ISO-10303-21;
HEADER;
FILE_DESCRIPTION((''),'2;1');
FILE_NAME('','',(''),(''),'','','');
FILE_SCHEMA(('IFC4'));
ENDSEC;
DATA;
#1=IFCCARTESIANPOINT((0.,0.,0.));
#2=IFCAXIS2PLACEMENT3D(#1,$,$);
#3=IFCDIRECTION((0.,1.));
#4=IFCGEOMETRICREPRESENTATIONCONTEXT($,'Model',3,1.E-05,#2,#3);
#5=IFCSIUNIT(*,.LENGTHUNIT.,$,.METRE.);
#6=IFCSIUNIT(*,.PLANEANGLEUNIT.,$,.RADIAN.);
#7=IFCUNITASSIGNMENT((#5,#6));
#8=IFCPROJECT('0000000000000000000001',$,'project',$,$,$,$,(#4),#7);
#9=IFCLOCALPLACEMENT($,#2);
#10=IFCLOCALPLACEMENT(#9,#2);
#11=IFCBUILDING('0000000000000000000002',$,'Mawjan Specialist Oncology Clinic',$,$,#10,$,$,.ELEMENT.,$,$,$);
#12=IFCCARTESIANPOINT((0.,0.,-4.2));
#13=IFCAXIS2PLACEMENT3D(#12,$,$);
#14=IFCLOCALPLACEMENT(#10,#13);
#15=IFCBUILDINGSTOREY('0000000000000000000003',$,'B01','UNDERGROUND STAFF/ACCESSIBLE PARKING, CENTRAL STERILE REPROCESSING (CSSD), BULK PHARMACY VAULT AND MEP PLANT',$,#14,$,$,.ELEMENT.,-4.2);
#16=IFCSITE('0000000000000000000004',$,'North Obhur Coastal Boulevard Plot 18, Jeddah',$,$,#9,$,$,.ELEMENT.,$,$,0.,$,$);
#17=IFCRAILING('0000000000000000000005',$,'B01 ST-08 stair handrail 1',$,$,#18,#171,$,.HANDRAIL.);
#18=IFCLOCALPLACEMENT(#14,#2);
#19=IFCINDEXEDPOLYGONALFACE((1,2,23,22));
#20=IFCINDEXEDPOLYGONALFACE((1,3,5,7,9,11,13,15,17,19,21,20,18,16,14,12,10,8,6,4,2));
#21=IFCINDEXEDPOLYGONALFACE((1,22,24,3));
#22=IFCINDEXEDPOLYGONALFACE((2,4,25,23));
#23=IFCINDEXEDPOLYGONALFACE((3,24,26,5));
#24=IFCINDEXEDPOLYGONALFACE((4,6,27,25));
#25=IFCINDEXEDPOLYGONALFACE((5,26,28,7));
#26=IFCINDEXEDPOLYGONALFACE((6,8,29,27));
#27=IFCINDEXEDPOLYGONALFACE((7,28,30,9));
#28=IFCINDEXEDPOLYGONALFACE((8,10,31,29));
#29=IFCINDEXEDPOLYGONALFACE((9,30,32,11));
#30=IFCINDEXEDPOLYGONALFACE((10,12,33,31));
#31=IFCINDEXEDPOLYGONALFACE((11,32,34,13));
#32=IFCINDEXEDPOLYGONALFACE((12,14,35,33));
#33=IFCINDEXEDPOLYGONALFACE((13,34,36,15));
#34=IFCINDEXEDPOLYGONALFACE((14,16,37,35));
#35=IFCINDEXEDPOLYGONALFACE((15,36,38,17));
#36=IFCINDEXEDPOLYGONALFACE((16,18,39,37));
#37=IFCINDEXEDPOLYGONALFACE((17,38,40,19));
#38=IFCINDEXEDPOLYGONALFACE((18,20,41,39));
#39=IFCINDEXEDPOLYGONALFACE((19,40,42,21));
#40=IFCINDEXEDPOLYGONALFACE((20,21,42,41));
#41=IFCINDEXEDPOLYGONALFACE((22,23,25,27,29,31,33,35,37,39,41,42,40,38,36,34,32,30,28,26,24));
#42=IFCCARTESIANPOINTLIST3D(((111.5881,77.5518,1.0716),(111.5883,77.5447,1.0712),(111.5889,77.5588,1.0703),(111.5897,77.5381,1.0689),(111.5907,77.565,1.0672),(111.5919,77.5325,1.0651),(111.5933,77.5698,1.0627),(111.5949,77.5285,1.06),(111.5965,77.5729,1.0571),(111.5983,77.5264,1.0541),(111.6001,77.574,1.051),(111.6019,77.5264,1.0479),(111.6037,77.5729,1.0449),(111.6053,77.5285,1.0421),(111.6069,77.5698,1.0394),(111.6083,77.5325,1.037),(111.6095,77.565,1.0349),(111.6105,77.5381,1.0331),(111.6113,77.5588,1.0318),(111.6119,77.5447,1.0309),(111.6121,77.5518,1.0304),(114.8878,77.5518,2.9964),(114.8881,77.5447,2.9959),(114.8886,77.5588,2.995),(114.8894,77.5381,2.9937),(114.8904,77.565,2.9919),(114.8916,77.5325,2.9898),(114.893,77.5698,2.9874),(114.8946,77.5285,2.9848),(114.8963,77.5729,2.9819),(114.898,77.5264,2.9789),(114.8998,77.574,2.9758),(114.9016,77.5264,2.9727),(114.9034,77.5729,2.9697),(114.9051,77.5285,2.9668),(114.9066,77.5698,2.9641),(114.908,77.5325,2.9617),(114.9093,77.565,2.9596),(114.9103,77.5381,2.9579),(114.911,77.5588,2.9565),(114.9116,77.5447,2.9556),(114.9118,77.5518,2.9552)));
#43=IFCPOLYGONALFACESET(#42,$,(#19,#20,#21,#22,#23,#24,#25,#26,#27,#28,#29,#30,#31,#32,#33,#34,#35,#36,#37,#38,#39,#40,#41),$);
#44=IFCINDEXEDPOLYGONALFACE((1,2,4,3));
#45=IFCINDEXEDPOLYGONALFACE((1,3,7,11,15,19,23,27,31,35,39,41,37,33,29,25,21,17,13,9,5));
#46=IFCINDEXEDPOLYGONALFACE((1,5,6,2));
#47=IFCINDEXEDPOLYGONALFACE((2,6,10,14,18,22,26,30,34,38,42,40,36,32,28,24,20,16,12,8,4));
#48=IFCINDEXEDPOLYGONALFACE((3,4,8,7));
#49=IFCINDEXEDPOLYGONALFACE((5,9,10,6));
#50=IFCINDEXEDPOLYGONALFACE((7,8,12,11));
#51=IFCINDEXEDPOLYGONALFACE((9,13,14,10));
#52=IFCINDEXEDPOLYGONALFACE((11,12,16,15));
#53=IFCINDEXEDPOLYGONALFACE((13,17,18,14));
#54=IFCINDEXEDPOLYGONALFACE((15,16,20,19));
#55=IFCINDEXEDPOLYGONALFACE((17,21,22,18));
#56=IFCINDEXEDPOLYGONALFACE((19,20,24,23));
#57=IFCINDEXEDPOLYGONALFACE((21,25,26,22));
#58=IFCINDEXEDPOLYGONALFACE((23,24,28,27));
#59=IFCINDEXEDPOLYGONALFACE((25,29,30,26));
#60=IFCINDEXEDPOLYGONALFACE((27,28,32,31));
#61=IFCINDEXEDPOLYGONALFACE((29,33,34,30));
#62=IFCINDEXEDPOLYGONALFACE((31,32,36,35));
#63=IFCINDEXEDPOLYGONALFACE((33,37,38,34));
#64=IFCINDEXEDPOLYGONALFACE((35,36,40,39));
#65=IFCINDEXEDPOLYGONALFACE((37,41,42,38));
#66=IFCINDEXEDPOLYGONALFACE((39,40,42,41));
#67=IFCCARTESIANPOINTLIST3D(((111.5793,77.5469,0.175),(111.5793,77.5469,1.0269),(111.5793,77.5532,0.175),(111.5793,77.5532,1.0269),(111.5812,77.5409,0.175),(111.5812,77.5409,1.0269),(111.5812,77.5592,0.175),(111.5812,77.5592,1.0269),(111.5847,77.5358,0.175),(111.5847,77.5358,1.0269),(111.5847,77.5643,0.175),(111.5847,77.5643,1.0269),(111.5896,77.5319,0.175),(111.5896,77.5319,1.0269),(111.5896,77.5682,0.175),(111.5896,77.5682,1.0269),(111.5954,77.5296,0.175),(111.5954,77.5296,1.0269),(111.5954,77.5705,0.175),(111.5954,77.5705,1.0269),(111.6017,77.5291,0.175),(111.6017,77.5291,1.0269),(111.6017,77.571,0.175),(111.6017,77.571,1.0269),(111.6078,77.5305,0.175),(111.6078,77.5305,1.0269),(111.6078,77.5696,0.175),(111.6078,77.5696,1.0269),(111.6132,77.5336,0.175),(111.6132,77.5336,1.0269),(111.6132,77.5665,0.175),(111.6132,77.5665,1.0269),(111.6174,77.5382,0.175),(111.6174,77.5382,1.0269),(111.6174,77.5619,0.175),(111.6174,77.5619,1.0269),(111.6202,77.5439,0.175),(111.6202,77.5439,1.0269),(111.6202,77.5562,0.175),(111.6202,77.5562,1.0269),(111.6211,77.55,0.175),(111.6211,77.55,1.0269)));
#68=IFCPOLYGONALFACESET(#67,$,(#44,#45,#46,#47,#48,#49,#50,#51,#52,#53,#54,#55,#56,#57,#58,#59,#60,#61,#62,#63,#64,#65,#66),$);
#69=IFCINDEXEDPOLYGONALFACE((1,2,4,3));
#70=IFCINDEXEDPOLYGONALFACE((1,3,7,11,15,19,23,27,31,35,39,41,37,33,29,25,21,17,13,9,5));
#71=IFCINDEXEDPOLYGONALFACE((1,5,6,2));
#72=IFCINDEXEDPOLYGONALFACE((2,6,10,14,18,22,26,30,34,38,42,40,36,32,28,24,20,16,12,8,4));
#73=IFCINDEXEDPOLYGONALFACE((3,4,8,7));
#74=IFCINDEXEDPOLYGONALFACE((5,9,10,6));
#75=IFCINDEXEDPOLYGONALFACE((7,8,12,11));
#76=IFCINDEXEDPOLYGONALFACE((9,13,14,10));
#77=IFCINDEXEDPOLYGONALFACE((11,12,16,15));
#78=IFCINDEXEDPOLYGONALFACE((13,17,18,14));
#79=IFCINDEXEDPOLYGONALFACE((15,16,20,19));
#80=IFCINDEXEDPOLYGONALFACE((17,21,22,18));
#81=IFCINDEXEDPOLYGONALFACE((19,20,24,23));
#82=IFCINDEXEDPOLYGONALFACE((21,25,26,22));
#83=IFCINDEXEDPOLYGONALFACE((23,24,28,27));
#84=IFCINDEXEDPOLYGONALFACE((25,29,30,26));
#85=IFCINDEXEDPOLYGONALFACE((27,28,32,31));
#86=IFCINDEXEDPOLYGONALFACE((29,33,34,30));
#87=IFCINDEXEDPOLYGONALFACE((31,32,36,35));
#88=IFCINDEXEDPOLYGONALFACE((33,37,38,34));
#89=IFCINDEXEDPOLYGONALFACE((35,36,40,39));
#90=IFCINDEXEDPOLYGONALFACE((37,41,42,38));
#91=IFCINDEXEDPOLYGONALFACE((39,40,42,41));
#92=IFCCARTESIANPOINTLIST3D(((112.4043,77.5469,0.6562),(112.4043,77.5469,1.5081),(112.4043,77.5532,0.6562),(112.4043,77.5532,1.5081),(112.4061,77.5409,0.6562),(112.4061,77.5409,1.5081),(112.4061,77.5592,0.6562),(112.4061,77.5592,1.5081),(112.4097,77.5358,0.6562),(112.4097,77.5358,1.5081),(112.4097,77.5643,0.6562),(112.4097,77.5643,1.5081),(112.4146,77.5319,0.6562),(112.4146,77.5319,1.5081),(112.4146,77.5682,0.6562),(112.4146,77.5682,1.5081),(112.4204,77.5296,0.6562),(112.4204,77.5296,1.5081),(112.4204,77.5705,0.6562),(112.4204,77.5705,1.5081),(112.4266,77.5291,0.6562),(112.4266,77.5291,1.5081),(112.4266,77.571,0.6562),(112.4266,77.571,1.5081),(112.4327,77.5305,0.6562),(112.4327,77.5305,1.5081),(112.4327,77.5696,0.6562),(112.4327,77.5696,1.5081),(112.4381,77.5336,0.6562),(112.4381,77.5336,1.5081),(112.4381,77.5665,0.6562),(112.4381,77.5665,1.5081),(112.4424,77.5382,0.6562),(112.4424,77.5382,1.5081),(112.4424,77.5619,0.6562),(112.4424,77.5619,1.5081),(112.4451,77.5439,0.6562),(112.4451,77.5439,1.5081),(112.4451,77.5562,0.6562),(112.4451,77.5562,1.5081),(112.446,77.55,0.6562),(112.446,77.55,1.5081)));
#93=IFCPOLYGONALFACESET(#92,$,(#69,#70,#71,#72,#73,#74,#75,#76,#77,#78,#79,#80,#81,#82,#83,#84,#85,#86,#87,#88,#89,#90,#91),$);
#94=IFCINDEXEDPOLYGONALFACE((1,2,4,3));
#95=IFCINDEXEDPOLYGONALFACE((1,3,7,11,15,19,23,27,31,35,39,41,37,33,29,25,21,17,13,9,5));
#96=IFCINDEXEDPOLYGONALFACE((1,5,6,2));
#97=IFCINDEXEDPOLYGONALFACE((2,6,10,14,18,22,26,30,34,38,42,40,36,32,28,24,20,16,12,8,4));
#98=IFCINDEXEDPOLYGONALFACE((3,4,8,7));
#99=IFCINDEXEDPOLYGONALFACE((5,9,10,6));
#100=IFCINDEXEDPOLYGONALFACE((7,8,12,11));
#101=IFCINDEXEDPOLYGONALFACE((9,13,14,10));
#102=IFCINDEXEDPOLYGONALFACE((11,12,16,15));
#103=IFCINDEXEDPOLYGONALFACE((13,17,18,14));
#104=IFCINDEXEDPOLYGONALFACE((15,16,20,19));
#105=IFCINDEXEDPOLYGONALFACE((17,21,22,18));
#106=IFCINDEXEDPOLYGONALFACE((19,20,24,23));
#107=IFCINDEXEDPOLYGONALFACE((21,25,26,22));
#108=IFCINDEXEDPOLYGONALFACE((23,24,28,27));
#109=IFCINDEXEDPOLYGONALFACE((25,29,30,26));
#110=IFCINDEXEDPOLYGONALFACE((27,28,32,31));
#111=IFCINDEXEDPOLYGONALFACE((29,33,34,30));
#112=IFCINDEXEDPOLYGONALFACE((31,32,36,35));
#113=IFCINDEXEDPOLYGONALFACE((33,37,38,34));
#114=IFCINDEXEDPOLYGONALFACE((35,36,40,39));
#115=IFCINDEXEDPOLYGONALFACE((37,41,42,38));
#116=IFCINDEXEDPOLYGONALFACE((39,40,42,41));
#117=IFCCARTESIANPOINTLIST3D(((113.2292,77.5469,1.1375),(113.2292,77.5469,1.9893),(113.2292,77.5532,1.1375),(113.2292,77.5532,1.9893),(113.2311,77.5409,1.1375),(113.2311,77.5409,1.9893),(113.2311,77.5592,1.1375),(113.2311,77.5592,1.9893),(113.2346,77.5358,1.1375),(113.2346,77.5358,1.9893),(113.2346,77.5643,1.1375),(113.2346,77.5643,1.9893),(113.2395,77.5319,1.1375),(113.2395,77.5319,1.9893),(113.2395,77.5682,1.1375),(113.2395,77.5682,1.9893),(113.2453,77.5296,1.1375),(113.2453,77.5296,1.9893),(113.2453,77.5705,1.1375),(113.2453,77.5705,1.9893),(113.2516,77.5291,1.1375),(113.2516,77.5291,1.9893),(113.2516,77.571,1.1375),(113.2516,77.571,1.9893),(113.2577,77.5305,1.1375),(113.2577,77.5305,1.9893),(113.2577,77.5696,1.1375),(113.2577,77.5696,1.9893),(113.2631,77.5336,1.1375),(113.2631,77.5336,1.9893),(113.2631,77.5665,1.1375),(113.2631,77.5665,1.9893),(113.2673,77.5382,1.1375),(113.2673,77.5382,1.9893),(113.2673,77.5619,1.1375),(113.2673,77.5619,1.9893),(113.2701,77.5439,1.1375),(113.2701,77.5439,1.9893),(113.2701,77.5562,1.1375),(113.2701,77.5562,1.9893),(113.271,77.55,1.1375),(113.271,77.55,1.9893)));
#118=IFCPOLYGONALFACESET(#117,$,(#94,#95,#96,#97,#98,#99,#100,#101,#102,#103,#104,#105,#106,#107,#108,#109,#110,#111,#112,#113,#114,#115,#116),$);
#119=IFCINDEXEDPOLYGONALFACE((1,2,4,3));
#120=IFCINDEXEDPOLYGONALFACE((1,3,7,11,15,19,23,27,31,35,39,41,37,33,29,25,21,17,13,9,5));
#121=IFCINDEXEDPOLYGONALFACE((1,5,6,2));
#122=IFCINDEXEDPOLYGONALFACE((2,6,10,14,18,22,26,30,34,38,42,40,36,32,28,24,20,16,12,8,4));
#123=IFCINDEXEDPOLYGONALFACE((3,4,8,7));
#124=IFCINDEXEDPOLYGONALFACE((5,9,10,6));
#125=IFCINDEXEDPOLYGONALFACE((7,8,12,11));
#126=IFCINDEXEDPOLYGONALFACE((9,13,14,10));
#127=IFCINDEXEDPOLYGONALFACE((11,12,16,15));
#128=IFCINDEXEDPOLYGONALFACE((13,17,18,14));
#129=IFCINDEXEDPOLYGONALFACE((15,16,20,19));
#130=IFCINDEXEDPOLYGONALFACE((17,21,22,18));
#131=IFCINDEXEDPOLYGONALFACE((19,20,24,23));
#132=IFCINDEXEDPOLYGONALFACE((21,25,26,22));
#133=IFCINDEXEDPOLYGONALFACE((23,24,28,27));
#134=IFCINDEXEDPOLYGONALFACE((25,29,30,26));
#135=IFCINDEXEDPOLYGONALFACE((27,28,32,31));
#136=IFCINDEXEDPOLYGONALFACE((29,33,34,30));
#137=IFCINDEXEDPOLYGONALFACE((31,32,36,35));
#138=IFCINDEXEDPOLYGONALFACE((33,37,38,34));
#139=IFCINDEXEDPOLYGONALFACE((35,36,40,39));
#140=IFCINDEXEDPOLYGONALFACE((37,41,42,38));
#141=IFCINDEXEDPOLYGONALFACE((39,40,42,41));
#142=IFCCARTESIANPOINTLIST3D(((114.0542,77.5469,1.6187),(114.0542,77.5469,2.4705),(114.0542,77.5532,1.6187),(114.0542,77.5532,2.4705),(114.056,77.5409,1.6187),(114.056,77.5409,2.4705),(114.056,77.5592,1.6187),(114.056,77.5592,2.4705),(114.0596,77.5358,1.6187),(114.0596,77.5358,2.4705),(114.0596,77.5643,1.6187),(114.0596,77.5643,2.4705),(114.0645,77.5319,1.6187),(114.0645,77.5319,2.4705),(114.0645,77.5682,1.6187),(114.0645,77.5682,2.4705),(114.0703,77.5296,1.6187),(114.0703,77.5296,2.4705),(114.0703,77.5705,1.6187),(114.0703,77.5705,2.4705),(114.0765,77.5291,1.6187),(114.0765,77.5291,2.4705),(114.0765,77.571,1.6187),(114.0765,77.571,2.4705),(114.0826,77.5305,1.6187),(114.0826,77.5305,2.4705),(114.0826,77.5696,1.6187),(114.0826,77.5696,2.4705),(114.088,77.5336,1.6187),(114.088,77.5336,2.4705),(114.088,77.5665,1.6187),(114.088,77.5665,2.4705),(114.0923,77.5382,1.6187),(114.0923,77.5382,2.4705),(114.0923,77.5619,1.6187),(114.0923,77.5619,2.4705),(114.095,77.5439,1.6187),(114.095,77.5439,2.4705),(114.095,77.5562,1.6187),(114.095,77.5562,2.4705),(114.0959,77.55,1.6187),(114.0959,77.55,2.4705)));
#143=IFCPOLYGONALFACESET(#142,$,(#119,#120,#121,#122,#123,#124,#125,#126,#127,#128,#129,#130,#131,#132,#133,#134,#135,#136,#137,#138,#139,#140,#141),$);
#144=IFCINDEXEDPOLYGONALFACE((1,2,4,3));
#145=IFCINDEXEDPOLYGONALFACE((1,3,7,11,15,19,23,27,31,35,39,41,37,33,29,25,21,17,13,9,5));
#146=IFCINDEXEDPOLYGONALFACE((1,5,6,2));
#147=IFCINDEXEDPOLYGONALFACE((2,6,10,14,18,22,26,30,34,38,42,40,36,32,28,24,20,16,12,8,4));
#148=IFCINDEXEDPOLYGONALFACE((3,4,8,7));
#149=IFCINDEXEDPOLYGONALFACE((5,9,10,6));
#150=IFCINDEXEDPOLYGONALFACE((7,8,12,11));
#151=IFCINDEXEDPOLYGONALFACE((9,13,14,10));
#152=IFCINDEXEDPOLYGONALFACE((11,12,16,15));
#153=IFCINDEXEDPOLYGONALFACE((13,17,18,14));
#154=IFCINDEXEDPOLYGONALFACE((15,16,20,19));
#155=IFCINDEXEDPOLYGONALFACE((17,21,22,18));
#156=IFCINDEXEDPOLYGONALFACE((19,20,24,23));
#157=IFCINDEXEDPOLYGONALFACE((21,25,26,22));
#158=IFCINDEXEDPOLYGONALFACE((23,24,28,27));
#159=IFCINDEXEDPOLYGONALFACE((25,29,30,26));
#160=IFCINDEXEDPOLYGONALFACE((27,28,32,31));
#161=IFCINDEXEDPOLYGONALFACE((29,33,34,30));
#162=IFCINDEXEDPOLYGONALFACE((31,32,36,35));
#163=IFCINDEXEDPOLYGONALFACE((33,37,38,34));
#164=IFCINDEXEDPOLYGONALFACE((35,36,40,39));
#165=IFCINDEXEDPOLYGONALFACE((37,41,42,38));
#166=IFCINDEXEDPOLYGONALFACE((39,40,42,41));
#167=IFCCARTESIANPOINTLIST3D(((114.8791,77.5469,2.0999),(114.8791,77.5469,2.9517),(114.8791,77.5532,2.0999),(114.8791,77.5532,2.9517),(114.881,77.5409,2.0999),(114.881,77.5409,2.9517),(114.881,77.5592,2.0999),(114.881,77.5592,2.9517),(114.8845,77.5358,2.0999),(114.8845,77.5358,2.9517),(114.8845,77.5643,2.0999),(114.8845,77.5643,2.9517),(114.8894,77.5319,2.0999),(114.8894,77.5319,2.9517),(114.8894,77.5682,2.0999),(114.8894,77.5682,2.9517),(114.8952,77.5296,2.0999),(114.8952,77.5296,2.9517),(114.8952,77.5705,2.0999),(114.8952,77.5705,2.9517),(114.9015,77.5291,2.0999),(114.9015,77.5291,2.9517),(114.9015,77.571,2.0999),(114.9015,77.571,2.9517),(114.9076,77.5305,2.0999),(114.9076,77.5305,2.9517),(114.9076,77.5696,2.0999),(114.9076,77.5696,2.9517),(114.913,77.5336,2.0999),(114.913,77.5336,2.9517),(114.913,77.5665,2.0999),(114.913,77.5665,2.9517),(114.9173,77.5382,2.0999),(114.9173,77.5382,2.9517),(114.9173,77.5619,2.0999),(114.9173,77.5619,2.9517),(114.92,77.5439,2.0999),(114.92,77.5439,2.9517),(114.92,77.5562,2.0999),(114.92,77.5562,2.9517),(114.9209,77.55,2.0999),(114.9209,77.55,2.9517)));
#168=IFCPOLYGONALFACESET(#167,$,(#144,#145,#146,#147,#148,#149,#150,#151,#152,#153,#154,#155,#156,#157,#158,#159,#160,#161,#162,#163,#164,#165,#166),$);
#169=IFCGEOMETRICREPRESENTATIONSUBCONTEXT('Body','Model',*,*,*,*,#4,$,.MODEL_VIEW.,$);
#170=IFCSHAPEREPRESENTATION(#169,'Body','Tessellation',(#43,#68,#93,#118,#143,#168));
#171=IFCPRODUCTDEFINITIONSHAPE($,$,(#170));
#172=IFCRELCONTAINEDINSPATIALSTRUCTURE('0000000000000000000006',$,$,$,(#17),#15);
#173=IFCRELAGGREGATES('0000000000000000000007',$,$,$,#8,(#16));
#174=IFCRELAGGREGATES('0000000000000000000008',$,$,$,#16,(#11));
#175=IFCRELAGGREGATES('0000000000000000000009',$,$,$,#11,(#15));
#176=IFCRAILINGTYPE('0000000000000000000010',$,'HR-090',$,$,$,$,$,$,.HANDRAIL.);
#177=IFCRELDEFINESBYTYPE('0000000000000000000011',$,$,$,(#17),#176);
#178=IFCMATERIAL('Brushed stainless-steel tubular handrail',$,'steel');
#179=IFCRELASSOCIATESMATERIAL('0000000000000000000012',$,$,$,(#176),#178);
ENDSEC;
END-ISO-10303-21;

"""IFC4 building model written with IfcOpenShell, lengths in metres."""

from ifc_helpers import new_model, si_unit, direction, frame, origin, origin_2d, place, context, subcontext, project, spatial, circle, extrude, material, type_object, element, save


model = new_model("IFC4")

# Units and contexts
model_context = context("Model", 3, precision=1e-05, world=origin(), true_north=direction((0.0, 1.0)))
body_context = subcontext(model_context, "Body", "Model", "MODEL_VIEW")
ifc_project = project(units=[si_unit("LENGTHUNIT", "METRE"), si_unit("PLANEANGLEUNIT", "RADIAN")], contexts=[model_context])

# Site, building, storey
site_placement = place(None, origin())
site = spatial("IfcSite", under=ifc_project, at=site_placement, Name="North Obhur Coastal Boulevard Plot 18, Jeddah", CompositionType="ELEMENT", RefElevation=0.0)
building_placement = place(site_placement, origin())
building = spatial("IfcBuilding", under=site, at=building_placement, Name="Mawjan Specialist Oncology Clinic", CompositionType="ELEMENT")
storey_placement = place(building_placement, frame((0.0, 0.0, -4.2)))
storey = spatial("IfcBuildingStorey", under=building, at=storey_placement, Name="B01", Description="UNDERGROUND STAFF/ACCESSIBLE PARKING, CENTRAL STERILE REPROCESSING (CSSD), BULK PHARMACY VAULT AND MEP PLANT", CompositionType="ELEMENT", Elevation=-4.2)

# Railing
ifc_material_1 = material(Name="Brushed stainless-steel tubular handrail", Category="steel")
railing_type_1 = type_object("IfcRailingType", Name="HR-090", PredefinedType="HANDRAIL", material=ifc_material_1)
railing_1_placement = place(storey_placement, frame((111.6001, 77.55, 0.175)))
element("IfcRailing", 1, at=railing_1_placement, inside=storey, type_object=railing_type_1, Name="B01 ST-08 stair handrail 1", PredefinedType="HANDRAIL", context=body_context, shape_type="SweptSolid", body=[
    extrude(circle(Radius=0.0239, at=origin_2d()), frame((0.0, 0.0, 0.876), z_axis=(0.863788, 0.0, 0.503855), x_axis=(0.0, 1.0, 0.0)), (0.0, 0.0, 1.0), 3.8201),
    extrude(circle(Radius=0.021, at=origin_2d()), origin(), (0.0, 0.0, 1.0), 0.8518),
    extrude(circle(Radius=0.021, at=origin_2d()), frame((0.825, 0.0, 0.4812)), (0.0, 0.0, 1.0), 0.8518),
    extrude(circle(Radius=0.021, at=origin_2d()), frame((1.6499, 0.0, 0.9624)), (0.0, 0.0, 1.0), 0.8518),
    extrude(circle(Radius=0.021, at=origin_2d()), frame((2.4749, 0.0, 1.4436)), (0.0, 0.0, 1.0), 0.8518),
    extrude(circle(Radius=0.021, at=origin_2d()), frame((3.2998, 0.0, 1.9248)), (0.0, 0.0, 1.0), 0.8518),
])

save(model, "model.ifc")
